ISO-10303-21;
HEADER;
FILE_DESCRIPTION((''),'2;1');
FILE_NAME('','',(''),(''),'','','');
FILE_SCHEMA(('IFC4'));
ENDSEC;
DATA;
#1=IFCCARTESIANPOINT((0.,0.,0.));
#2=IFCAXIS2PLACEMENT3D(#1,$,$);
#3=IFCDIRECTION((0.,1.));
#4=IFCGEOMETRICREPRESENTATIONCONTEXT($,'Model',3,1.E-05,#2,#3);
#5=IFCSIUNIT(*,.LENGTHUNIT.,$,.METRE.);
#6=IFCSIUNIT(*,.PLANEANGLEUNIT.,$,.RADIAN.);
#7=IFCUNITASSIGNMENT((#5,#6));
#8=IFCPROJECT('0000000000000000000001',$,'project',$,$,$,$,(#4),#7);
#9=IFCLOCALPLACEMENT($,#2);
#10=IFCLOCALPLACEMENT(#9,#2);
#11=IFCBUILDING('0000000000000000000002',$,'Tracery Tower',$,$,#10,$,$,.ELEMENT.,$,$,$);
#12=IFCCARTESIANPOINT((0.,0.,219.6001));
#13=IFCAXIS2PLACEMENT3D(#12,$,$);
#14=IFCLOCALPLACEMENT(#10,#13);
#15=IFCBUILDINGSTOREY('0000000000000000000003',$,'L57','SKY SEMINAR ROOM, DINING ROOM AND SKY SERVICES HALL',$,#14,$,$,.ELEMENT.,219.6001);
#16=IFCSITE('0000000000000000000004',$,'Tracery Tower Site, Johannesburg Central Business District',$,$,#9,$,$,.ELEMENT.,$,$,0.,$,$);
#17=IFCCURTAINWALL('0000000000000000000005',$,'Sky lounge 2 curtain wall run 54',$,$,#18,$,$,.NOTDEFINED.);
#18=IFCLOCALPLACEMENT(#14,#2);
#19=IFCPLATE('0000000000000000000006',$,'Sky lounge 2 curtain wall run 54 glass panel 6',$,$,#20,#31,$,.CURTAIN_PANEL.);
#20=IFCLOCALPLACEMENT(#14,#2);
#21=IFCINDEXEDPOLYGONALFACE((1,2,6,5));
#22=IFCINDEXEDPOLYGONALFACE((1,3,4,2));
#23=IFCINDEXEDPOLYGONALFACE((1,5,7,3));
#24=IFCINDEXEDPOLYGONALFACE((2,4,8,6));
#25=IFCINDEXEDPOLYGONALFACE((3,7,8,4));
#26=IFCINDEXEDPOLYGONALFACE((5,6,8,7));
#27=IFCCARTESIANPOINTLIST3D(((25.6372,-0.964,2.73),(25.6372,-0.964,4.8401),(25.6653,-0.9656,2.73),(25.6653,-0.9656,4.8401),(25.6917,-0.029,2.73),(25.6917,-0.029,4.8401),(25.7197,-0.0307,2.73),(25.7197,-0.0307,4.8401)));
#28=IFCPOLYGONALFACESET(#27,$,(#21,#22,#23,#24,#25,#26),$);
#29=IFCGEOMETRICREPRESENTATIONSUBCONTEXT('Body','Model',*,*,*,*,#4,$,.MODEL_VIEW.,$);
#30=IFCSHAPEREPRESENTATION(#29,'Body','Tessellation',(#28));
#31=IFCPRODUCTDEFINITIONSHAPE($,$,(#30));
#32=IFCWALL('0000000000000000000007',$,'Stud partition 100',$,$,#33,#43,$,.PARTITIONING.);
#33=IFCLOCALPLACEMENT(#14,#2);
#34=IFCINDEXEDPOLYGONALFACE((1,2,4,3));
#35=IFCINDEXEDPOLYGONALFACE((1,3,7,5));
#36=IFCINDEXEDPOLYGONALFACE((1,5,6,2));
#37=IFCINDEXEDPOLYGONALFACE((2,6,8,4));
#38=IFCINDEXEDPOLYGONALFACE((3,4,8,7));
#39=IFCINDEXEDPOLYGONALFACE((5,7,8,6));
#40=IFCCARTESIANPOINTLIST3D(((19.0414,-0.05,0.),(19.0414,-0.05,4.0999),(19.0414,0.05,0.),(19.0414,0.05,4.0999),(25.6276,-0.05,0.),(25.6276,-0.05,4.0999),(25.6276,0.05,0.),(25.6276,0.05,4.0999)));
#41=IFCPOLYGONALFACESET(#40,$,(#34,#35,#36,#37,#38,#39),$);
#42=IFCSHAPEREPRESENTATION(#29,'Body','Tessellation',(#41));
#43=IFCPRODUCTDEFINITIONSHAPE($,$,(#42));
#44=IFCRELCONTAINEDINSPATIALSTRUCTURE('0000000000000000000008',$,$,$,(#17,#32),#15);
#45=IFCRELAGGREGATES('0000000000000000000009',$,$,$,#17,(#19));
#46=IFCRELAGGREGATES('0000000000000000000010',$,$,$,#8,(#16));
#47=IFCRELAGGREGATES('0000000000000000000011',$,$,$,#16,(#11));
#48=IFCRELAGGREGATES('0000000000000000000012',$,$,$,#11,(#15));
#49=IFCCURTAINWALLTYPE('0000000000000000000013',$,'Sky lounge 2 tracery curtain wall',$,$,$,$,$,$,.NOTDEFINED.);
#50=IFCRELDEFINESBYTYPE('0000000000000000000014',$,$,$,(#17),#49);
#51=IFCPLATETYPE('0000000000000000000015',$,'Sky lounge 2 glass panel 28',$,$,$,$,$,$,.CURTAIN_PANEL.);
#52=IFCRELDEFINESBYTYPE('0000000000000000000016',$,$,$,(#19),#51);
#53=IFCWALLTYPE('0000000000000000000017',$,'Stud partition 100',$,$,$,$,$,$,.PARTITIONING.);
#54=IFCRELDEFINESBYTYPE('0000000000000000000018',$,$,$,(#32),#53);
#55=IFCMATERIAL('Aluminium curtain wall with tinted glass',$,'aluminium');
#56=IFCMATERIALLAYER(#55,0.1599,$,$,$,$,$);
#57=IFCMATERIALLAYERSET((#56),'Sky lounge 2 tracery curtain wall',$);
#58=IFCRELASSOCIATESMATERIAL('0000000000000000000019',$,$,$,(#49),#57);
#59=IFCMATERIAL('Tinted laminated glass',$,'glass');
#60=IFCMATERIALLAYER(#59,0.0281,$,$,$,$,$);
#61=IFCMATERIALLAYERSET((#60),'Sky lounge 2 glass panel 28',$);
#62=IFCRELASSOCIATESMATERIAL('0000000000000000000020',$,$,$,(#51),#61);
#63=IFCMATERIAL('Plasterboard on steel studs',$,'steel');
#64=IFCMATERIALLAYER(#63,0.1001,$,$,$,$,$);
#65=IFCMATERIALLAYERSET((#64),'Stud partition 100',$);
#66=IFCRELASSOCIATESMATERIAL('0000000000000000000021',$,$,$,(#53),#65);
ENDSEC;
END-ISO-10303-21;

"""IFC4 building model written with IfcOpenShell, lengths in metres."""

from ifc_helpers import new_model, si_unit, direction, frame, frame_2d, origin, origin_2d, place, context, subcontext, project, spatial, rectangle, extrude, material, layer, layer_set, type_object, element, aggregate, save


model = new_model("IFC4")

# Units and contexts
model_context = context("Model", 3, precision=1e-05, world=origin(), true_north=direction((0.0, 1.0)))
body_context = subcontext(model_context, "Body", "Model", "MODEL_VIEW")
ifc_project = project(units=[si_unit("LENGTHUNIT", "METRE"), si_unit("PLANEANGLEUNIT", "RADIAN")], contexts=[model_context])

# Site, building, storey
site_placement = place(None, origin())
site = spatial("IfcSite", under=ifc_project, at=site_placement, Name="Tracery Tower Site, Johannesburg Central Business District", CompositionType="ELEMENT", RefElevation=0.0)
building_placement = place(site_placement, origin())
building = spatial("IfcBuilding", under=site, at=building_placement, Name="Tracery Tower", CompositionType="ELEMENT")
storey_placement = place(building_placement, frame((0.0, 0.0, 219.6001)))
storey = spatial("IfcBuildingStorey", under=building, at=storey_placement, Name="L57", Description="SKY SEMINAR ROOM, DINING ROOM AND SKY SERVICES HALL", CompositionType="ELEMENT", Elevation=219.6001)

# Shared definitions
ifc_material_1 = material(Name="Aluminium curtain wall with tinted glass", Category="aluminium")
ifc_layer_1 = layer(ifc_material_1, 0.1599)
ifc_layer_set_1 = layer_set([ifc_layer_1], Name="Sky lounge 2 tracery curtain wall")
curtain_wall_type = type_object("IfcCurtainWallType", Name="Sky lounge 2 tracery curtain wall", PredefinedType="NOTDEFINED", material=ifc_layer_set_1)

# Shared definitions
ifc_material_2 = material(Name="Tinted laminated glass", Category="glass")
ifc_layer_2 = layer(ifc_material_2, 0.0281)
ifc_layer_set_2 = layer_set([ifc_layer_2], Name="Sky lounge 2 glass panel 28")
plate_type = type_object("IfcPlateType", Name="Sky lounge 2 glass panel 28", PredefinedType="CURTAIN_PANEL", material=ifc_layer_set_2)

# Curtain wall, plate
curtain_wall_1_placement = place(storey_placement, origin())
curtain_wall_1 = element("IfcCurtainWall", 1, at=curtain_wall_1_placement, inside=storey, type_object=curtain_wall_type, Name="Sky lounge 2 curtain wall run 54", PredefinedType="NOTDEFINED")
plate_1_placement = place(storey_placement, frame((25.6785, -0.4973, 2.73), z_axis=(0.0, 0.0, 1.0), x_axis=(0.058145, 0.998308, 0.0)))
plate_1 = element("IfcPlate", 2, at=plate_1_placement, type_object=plate_type, Name="Sky lounge 2 curtain wall run 54 glass panel 6", PredefinedType="CURTAIN_PANEL", context=body_context, shape_type="SweptSolid", body=[
    extrude(rectangle(XDim=0.9365, YDim=0.0281, at=origin_2d()), origin(), (0.0, 0.0, 1.0), 2.1101),
])
aggregate(curtain_wall_1, [plate_1])

# Wall
ifc_material_3 = material(Name="Plasterboard on steel studs", Category="steel")
ifc_layer_3 = layer(ifc_material_3, 0.1001)
ifc_layer_set_3 = layer_set([ifc_layer_3], Name="Stud partition 100")
wall_type = type_object("IfcWallType", Name="Stud partition 100", PredefinedType="PARTITIONING", material=ifc_layer_set_3)
wall_placement = place(storey_placement, frame((25.6274, 0.0, 0.0), z_axis=(0.0, 0.0, 1.0), x_axis=(-1.0, 0.0, 0.0)))
element("IfcWall", 3, at=wall_placement, inside=storey, type_object=wall_type, Name="Stud partition 100", PredefinedType="PARTITIONING", context=body_context, shape_type="SweptSolid", body=[
    extrude(rectangle(XDim=6.5862, YDim=0.1001, at=frame_2d((3.293, 0.0))), origin(), (0.0, 0.0, 1.0), 4.0999),
])

save(model, "model.ifc")
